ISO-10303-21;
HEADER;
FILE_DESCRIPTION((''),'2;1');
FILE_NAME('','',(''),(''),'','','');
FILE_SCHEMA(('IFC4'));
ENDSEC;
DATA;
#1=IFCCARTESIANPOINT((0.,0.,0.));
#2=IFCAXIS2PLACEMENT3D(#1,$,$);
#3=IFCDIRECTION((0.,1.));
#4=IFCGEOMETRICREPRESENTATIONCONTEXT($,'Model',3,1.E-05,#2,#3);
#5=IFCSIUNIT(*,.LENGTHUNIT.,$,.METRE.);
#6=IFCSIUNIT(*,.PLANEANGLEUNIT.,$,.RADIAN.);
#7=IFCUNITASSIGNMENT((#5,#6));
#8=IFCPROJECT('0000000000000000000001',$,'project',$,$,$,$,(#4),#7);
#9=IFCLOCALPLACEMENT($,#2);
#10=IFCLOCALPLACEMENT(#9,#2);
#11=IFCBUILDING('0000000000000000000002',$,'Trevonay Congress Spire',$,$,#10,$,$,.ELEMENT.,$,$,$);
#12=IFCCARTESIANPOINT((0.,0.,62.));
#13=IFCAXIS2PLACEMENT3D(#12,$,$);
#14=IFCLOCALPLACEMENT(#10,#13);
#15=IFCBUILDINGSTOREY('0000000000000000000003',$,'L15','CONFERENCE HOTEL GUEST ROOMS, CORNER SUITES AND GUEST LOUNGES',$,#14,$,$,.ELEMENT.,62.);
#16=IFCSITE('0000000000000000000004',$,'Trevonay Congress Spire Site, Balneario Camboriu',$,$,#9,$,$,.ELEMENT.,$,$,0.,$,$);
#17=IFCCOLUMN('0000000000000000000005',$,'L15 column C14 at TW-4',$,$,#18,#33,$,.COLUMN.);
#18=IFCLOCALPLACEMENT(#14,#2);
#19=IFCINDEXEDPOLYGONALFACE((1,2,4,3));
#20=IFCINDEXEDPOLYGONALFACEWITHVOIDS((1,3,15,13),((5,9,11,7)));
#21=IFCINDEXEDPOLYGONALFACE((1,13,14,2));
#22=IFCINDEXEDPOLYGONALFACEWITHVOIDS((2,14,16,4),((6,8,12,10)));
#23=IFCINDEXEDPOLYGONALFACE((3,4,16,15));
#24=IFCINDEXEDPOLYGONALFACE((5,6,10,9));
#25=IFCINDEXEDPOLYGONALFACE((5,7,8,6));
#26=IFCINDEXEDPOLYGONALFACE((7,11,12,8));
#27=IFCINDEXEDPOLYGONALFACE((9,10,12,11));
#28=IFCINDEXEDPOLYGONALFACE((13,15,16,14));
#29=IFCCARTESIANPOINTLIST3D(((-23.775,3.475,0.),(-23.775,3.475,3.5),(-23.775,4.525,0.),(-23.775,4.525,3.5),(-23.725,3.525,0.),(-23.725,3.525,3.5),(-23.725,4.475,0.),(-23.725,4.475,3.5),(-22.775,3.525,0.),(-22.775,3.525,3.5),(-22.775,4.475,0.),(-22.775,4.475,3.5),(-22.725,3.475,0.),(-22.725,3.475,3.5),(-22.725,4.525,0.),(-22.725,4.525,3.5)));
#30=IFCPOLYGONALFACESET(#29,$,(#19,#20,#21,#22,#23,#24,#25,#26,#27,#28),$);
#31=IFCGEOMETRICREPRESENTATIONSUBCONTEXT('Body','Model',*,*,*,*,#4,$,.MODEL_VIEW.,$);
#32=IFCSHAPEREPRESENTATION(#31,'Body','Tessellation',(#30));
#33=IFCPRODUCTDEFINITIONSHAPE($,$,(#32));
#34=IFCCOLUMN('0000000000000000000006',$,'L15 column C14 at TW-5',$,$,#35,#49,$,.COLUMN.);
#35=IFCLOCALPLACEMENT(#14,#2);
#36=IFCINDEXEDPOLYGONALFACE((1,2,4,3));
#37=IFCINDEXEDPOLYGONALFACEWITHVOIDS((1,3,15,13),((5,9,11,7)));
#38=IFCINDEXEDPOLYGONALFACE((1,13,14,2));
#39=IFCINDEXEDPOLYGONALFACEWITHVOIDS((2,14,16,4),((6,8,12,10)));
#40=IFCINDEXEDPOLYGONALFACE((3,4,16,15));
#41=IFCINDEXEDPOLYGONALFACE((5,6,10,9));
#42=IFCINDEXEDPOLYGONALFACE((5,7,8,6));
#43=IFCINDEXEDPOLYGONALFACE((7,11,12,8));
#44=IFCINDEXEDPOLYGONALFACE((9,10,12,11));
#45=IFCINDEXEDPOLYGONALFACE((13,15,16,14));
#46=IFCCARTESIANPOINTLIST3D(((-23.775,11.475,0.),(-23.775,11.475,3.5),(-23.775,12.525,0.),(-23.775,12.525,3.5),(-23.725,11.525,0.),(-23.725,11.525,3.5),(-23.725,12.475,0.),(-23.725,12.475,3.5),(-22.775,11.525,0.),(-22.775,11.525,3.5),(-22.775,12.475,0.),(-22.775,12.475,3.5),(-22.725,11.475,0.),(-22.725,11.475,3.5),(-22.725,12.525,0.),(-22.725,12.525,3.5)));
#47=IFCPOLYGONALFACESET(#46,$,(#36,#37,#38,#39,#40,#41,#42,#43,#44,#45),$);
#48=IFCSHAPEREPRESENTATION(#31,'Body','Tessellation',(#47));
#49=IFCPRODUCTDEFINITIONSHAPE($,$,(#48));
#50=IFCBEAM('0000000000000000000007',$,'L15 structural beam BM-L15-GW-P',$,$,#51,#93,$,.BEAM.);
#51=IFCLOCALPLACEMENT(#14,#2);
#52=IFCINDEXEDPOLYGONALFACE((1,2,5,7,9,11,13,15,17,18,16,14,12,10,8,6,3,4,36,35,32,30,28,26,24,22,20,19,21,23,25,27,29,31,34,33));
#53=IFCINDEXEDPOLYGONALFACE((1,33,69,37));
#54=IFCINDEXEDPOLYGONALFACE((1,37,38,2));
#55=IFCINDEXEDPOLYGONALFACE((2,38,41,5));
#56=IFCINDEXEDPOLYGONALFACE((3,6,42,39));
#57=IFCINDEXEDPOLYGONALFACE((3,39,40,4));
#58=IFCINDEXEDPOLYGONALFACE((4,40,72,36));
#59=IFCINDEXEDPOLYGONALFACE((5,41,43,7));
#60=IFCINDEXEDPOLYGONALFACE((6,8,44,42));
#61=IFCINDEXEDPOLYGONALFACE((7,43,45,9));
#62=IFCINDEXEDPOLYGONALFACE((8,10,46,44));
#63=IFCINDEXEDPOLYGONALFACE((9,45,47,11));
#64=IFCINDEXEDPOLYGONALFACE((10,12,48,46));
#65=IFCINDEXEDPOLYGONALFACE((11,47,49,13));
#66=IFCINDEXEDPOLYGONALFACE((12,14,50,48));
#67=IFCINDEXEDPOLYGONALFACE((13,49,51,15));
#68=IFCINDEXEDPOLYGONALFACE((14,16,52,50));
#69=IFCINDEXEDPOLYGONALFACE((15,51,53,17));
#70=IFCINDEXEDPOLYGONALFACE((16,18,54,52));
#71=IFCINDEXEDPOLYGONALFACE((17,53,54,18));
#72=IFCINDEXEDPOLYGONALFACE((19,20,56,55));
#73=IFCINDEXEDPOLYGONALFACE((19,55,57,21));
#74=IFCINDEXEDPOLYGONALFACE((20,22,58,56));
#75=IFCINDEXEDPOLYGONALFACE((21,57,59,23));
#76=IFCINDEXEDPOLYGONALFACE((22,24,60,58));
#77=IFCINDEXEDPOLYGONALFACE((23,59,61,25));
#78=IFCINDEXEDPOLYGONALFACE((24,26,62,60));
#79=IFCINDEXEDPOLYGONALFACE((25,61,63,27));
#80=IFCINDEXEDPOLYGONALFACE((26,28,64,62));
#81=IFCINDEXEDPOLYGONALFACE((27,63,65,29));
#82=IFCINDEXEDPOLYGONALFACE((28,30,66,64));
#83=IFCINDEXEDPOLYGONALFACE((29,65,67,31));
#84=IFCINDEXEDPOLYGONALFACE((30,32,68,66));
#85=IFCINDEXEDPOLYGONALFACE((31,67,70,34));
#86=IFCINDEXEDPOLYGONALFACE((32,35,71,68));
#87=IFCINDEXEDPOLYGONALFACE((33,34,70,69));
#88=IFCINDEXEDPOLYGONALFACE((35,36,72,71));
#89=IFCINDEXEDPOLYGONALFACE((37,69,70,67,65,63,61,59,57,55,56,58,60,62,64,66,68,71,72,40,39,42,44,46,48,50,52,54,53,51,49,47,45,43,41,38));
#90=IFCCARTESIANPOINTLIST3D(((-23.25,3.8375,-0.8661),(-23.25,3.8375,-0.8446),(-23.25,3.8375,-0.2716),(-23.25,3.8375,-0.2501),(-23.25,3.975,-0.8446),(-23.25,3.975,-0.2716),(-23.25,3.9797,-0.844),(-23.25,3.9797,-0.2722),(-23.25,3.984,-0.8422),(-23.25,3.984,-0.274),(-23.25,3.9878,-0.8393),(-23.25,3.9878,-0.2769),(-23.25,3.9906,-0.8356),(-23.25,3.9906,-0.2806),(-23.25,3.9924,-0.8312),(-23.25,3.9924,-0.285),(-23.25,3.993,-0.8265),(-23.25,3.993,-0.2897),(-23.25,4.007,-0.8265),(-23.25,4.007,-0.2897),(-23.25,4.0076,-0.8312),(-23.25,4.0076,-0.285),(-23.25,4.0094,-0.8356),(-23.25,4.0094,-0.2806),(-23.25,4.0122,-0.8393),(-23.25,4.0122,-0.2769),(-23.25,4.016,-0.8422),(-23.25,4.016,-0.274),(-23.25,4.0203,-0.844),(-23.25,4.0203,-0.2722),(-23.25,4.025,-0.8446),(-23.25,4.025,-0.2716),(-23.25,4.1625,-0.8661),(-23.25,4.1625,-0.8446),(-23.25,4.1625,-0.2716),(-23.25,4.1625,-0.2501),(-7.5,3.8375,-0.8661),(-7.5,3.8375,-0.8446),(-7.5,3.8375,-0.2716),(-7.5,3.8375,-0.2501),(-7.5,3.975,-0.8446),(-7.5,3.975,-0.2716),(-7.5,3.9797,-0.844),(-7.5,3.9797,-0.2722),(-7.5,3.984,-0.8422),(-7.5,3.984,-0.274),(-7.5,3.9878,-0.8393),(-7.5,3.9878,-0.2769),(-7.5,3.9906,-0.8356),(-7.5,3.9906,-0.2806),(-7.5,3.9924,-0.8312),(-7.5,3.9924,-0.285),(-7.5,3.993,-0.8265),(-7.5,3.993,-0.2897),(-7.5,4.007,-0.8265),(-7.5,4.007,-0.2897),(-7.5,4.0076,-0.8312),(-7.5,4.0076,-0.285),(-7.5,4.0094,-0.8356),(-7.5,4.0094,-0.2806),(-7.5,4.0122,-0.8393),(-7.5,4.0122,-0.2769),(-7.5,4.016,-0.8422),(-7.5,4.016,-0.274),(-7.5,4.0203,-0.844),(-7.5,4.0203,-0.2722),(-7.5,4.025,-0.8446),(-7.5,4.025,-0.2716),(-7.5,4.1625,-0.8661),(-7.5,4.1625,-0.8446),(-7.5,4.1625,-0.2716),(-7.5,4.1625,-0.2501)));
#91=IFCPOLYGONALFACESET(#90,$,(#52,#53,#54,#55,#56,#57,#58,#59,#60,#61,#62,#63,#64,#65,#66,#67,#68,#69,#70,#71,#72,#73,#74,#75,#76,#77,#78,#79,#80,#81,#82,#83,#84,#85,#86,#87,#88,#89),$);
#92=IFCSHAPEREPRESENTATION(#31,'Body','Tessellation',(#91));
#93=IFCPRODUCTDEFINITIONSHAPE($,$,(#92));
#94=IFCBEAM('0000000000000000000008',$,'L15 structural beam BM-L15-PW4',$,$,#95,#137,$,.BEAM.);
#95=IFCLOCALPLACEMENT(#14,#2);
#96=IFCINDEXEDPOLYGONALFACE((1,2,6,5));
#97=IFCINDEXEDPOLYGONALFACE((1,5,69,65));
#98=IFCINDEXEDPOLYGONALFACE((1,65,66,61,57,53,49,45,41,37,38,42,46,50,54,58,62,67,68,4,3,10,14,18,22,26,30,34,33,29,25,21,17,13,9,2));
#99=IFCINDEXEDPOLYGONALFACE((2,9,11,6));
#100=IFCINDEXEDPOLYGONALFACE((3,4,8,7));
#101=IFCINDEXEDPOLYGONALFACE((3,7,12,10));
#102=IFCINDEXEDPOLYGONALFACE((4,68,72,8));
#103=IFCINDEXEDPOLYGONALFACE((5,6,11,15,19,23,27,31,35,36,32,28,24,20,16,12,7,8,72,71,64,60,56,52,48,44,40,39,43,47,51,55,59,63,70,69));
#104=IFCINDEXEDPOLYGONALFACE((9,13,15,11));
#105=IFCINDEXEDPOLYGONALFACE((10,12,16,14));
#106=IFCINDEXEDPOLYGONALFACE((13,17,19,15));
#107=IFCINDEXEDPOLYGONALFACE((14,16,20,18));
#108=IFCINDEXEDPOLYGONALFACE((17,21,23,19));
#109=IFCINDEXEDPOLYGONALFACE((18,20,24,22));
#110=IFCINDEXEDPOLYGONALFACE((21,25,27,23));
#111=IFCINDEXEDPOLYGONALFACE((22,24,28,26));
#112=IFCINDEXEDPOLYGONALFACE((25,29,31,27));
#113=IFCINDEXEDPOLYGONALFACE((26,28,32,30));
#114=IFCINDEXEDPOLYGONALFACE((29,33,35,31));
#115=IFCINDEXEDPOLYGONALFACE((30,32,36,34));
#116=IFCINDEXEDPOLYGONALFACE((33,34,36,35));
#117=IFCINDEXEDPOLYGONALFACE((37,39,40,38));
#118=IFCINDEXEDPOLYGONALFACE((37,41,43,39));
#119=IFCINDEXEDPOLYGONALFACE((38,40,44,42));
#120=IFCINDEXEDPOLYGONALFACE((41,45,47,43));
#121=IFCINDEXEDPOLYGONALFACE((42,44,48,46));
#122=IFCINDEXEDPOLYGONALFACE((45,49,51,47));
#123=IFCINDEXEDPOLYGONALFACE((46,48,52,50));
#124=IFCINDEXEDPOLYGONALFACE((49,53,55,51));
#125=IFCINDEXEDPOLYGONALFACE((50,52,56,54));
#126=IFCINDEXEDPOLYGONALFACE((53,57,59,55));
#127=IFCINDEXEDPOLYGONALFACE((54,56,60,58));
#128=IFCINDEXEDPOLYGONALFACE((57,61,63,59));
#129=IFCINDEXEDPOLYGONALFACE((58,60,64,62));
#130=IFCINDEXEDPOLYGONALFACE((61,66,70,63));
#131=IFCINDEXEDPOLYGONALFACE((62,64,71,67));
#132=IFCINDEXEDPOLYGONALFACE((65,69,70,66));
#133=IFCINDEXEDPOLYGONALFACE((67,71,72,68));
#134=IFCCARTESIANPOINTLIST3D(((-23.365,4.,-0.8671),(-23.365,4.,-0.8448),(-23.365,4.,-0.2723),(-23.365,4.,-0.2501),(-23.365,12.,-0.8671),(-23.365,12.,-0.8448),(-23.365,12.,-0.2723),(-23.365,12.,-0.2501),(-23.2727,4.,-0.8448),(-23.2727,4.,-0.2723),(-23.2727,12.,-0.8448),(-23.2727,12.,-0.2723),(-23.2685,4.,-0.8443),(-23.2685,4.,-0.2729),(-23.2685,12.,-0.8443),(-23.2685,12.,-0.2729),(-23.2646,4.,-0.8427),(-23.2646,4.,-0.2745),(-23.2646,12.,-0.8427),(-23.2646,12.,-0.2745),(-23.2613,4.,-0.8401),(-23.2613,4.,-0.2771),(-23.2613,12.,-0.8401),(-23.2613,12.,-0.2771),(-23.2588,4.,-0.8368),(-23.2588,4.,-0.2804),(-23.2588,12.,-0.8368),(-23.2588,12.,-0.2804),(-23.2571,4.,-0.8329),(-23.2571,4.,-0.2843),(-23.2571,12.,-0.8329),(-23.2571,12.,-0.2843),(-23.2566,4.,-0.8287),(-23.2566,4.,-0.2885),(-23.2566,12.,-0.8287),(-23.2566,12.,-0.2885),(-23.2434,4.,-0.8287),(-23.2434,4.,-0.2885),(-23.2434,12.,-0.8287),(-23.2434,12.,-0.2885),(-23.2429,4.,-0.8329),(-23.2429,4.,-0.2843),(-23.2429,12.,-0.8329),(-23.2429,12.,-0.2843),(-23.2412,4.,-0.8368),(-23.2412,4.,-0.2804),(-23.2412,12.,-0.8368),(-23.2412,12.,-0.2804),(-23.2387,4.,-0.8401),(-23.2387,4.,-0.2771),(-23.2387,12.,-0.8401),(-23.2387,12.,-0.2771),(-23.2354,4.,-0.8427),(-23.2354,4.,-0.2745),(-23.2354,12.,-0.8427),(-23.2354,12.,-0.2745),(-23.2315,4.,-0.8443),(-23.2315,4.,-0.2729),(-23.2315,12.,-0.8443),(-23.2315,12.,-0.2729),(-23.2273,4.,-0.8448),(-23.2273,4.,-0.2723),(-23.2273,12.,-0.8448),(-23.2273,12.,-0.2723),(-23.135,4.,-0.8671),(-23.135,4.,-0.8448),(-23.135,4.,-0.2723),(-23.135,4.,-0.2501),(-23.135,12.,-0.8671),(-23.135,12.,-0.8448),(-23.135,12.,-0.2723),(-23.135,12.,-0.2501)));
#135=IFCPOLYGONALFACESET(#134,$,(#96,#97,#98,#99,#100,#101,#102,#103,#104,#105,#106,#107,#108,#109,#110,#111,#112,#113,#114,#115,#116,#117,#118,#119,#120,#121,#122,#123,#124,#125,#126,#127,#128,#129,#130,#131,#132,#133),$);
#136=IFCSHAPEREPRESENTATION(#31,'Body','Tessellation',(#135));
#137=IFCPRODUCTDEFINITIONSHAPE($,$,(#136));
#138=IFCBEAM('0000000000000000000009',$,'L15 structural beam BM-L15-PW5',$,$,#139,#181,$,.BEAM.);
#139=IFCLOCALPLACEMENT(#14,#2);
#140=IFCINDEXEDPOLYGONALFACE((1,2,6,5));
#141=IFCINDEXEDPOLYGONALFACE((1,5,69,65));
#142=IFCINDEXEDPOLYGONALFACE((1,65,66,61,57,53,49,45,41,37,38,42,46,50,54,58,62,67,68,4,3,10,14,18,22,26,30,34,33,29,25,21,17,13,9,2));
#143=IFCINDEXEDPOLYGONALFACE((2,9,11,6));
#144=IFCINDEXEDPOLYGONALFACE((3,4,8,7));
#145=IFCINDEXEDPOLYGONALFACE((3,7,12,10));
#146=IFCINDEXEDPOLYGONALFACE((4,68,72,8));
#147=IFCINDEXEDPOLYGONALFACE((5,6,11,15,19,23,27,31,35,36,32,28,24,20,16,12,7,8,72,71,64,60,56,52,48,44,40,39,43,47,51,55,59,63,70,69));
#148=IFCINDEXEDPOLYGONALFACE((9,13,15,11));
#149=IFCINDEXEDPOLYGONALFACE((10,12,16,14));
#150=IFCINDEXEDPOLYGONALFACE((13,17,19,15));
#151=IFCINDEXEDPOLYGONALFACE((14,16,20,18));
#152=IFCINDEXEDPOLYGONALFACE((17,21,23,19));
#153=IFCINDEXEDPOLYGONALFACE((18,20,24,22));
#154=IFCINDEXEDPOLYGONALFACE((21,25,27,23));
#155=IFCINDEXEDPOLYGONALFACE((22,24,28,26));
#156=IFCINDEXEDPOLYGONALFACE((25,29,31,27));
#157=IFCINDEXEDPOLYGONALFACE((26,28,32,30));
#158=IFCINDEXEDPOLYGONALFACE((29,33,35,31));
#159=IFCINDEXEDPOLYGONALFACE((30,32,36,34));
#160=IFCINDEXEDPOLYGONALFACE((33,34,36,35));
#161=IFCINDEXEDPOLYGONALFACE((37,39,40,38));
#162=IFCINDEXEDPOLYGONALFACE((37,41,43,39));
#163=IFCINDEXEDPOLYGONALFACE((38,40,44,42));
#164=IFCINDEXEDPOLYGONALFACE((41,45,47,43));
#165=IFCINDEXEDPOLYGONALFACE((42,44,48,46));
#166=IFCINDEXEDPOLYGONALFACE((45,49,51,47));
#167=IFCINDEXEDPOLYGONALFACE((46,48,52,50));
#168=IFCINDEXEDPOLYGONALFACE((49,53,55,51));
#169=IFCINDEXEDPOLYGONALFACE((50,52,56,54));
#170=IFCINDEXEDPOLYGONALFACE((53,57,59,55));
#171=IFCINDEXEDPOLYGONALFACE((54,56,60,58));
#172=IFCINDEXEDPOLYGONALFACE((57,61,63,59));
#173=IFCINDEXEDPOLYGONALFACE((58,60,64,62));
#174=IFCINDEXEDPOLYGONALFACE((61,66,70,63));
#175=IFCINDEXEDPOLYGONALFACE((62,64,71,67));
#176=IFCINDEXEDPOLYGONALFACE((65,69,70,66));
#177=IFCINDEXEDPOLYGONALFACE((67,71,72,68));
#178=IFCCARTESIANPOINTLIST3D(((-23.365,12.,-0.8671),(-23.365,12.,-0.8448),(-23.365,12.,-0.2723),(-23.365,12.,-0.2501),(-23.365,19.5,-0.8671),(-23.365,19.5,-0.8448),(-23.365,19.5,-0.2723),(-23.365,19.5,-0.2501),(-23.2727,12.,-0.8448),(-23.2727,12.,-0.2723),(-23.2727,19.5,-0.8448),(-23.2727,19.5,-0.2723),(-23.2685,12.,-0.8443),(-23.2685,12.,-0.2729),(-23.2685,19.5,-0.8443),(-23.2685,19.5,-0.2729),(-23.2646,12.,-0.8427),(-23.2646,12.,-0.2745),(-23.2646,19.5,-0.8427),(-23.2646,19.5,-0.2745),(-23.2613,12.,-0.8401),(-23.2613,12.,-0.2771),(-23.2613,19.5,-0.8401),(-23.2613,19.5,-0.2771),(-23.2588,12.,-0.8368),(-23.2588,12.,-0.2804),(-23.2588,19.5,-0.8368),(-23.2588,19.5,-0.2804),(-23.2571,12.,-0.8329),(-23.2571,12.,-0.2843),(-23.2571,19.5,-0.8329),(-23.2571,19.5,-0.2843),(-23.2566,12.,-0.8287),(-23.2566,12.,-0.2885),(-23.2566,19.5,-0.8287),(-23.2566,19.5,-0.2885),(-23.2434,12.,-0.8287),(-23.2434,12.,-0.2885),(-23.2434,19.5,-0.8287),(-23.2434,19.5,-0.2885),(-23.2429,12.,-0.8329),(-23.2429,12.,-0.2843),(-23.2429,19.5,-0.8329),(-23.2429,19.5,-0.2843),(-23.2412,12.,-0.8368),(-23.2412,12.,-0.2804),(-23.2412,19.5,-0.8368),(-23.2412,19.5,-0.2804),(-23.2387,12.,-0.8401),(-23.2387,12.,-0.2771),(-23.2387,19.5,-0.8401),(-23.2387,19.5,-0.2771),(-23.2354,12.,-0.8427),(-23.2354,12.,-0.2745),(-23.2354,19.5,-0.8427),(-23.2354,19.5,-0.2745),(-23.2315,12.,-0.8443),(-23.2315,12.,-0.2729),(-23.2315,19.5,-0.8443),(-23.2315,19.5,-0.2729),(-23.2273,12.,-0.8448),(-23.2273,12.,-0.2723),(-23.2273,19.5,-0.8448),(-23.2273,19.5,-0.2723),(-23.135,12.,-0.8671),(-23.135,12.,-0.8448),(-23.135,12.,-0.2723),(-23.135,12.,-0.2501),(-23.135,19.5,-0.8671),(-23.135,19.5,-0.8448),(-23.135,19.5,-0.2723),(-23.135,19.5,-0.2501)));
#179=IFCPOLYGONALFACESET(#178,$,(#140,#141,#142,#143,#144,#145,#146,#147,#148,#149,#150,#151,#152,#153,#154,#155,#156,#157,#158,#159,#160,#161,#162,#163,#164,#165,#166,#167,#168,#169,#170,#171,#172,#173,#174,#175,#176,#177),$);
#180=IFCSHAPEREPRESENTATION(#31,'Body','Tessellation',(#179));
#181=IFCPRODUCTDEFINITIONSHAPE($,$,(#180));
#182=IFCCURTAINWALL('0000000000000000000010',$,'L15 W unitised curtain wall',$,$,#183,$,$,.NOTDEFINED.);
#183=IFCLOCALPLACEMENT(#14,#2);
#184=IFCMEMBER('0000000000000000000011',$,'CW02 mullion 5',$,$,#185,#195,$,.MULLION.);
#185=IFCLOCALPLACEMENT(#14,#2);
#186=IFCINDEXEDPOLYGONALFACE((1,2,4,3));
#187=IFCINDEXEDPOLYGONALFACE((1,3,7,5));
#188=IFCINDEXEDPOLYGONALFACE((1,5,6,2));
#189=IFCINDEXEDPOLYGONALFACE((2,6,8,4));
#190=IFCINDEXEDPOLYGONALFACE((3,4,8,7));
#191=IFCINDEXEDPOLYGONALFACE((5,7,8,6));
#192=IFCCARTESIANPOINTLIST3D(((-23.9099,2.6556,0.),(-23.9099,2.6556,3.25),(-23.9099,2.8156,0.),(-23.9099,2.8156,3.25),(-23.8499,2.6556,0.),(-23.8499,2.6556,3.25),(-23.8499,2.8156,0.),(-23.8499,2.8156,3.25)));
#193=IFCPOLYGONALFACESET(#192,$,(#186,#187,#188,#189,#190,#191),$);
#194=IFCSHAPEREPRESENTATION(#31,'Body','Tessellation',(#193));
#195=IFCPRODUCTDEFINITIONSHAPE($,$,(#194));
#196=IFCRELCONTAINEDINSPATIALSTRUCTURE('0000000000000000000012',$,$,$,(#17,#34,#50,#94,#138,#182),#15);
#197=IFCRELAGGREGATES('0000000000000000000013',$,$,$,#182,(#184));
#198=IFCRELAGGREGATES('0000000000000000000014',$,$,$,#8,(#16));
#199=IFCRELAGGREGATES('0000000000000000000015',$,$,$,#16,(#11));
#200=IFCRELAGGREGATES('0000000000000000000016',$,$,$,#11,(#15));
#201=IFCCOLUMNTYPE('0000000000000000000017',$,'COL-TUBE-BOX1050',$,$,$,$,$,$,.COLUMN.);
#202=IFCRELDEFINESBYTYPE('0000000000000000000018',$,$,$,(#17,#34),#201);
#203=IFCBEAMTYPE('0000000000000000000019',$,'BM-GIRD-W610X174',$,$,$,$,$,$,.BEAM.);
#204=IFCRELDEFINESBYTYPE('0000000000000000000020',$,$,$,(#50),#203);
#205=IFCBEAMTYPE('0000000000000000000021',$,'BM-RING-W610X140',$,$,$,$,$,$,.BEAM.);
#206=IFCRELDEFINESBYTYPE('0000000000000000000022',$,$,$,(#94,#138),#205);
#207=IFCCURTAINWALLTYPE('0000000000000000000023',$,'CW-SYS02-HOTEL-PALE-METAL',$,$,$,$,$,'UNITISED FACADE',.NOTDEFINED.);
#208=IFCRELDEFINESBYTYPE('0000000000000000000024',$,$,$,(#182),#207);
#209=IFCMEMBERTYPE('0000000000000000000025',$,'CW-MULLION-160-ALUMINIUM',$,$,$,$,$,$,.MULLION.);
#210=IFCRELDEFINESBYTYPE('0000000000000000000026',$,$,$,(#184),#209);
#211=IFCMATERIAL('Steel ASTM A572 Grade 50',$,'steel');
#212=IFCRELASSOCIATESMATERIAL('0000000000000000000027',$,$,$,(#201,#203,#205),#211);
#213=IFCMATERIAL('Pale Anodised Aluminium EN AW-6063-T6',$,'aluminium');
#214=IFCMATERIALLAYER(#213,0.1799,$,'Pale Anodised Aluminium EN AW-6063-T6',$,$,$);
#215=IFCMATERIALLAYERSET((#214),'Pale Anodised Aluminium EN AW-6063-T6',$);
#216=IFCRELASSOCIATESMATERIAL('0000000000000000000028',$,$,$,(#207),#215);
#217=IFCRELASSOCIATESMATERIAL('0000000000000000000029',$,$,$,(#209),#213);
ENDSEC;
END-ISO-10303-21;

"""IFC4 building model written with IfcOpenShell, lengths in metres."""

from ifc_helpers import new_model, si_unit, direction, frame, origin, origin_2d, place, context, subcontext, project, spatial, rectangle, hollow_rectangle, i_section, extrude, material, layer, layer_set, material_profile, profile_set, type_object, element, aggregate, save


model = new_model("IFC4")

# Units and contexts
model_context = context("Model", 3, precision=1e-05, world=origin(), true_north=direction((0.0, 1.0)))
body_context = subcontext(model_context, "Body", "Model", "MODEL_VIEW")
ifc_project = project(units=[si_unit("LENGTHUNIT", "METRE"), si_unit("PLANEANGLEUNIT", "RADIAN")], contexts=[model_context])

# Site, building, storey
site_placement = place(None, origin())
site = spatial("IfcSite", under=ifc_project, at=site_placement, Name="Trevonay Congress Spire Site, Balneario Camboriu", CompositionType="ELEMENT", RefElevation=0.0)
building_placement = place(site_placement, origin())
building = spatial("IfcBuilding", under=site, at=building_placement, Name="Trevonay Congress Spire", CompositionType="ELEMENT")
storey_placement = place(building_placement, frame((0.0, 0.0, 62.0)))
storey = spatial("IfcBuildingStorey", under=building, at=storey_placement, Name="L15", Description="CONFERENCE HOTEL GUEST ROOMS, CORNER SUITES AND GUEST LOUNGES", CompositionType="ELEMENT", Elevation=62.0)

# Columns
ifc_material_1 = material(Name="Steel ASTM A572 Grade 50", Category="steel")
ifc_material_profile_1 = material_profile(ifc_material_1, hollow_rectangle(XDim=1.05, YDim=1.05, WallThickness=0.05, at=origin_2d()), Name="BOX 1050x1050x50")
ifc_profile_set_1 = profile_set([ifc_material_profile_1], Name="Steel ASTM A572 Grade 50")
column_type = type_object("IfcColumnType", Name="COL-TUBE-BOX1050", PredefinedType="COLUMN", material=ifc_profile_set_1)
for number, where, z_axis, x_axis, name in (
    (1, (-23.25, 4.0, 0.0), (0.0, 0.0, 1.0), (1.0, 0.0, 0.0), "L15 column C14 at TW-4"),
    (2, (-23.25, 12.0, 0.0), (0.0, 0.0, 1.0), (1.0, 0.0, 0.0), "L15 column C14 at TW-5"),
):
    element("IfcColumn", number, at=place(storey_placement, frame(where, z_axis=z_axis, x_axis=x_axis)), inside=storey, type_object=column_type, Name=name, PredefinedType="COLUMN", context=body_context, shape_type="SweptSolid", body=[
        extrude(hollow_rectangle(XDim=1.05, YDim=1.05, WallThickness=0.05, at=origin_2d()), origin(), (0.0, 0.0, 1.0), 3.5),
    ])

# Beams
ifc_material_profile_2 = material_profile(ifc_material_1, i_section(OverallWidth=0.325, OverallDepth=0.616, WebThickness=0.0139, FlangeThickness=0.0215, FilletRadius=0.0181, at=origin_2d()), Name="W610x174")
ifc_profile_set_2 = profile_set([ifc_material_profile_2], Name="Steel ASTM A572 Grade 50")
beam_type_1 = type_object("IfcBeamType", Name="BM-GIRD-W610X174", PredefinedType="BEAM", material=ifc_profile_set_2)
beam_1_placement = place(storey_placement, frame((-7.5, 4.0, -0.5581), z_axis=(-1.0, 0.0, 0.0), x_axis=(0.0, -1.0, 0.0)))
element("IfcBeam", 3, at=beam_1_placement, inside=storey, type_object=beam_type_1, Name="L15 structural beam BM-L15-GW-P", PredefinedType="BEAM", context=body_context, shape_type="SweptSolid", body=[
    extrude(i_section(OverallWidth=0.325, OverallDepth=0.616, WebThickness=0.0139, FlangeThickness=0.0215, FilletRadius=0.0181, at=origin_2d()), origin(), (0.0, 0.0, 1.0), 15.75),
])
ifc_material_profile_3 = material_profile(ifc_material_1, i_section(OverallWidth=0.23, OverallDepth=0.6169, WebThickness=0.0132, FlangeThickness=0.0222, FilletRadius=0.0161, at=origin_2d()), Name="W610x140")
ifc_profile_set_3 = profile_set([ifc_material_profile_3], Name="Steel ASTM A572 Grade 50")
beam_type_2 = type_object("IfcBeamType", Name="BM-RING-W610X140", PredefinedType="BEAM", material=ifc_profile_set_3)
beam_2_placement = place(storey_placement, frame((-23.25, 4.0, -0.5586), z_axis=(0.0, 1.0, 0.0), x_axis=(-1.0, 0.0, 0.0)))
element("IfcBeam", 4, at=beam_2_placement, inside=storey, type_object=beam_type_2, Name="L15 structural beam BM-L15-PW4", PredefinedType="BEAM", context=body_context, shape_type="SweptSolid", body=[
    extrude(i_section(OverallWidth=0.23, OverallDepth=0.6169, WebThickness=0.0132, FlangeThickness=0.0222, FilletRadius=0.0161, at=origin_2d()), origin(), (0.0, 0.0, 1.0), 8.0),
])
beam_3_placement = place(storey_placement, frame((-23.25, 12.0, -0.5586), z_axis=(0.0, 1.0, 0.0), x_axis=(-1.0, 0.0, 0.0)))
element("IfcBeam", 5, at=beam_3_placement, inside=storey, type_object=beam_type_2, Name="L15 structural beam BM-L15-PW5", PredefinedType="BEAM", context=body_context, shape_type="SweptSolid", body=[
    extrude(i_section(OverallWidth=0.23, OverallDepth=0.6169, WebThickness=0.0132, FlangeThickness=0.0222, FilletRadius=0.0161, at=origin_2d()), origin(), (0.0, 0.0, 1.0), 7.5),
])

# Curtain wall, member
ifc_material_2 = material(Name="Pale Anodised Aluminium EN AW-6063-T6", Category="aluminium")
ifc_layer_1 = layer(ifc_material_2, 0.1799, Name="Pale Anodised Aluminium EN AW-6063-T6")
ifc_layer_set_1 = layer_set([ifc_layer_1], Name="Pale Anodised Aluminium EN AW-6063-T6")
curtain_wall_type = type_object("IfcCurtainWallType", Name="CW-SYS02-HOTEL-PALE-METAL", ElementType="UNITISED FACADE", PredefinedType="NOTDEFINED", material=ifc_layer_set_1)
curtain_wall_placement = place(storey_placement, origin())
curtain_wall = element("IfcCurtainWall", 6, at=curtain_wall_placement, inside=storey, type_object=curtain_wall_type, Name="L15 W unitised curtain wall", PredefinedType="NOTDEFINED")
ifc_material_profile_4 = material_profile(ifc_material_2, rectangle(XDim=0.0601, YDim=0.1599, at=origin_2d()), Name="CW-MULLION-160-ALUMINIUM")
ifc_profile_set_4 = profile_set([ifc_material_profile_4], Name="Pale Anodised Aluminium EN AW-6063-T6")
member_type_1 = type_object("IfcMemberType", Name="CW-MULLION-160-ALUMINIUM", PredefinedType="MULLION", material=ifc_profile_set_4)
member_1_placement = place(storey_placement, frame((-23.8799, 2.7356, 0.0), z_axis=(0.0, 0.0, 1.0), x_axis=(-1.0, 0.0, 0.0)))
member_1 = element("IfcMember", 7, at=member_1_placement, type_object=member_type_1, Name="CW02 mullion 5", PredefinedType="MULLION", context=body_context, shape_type="SweptSolid", body=[
    extrude(rectangle(XDim=0.0601, YDim=0.1599, at=origin_2d()), origin(), (0.0, 0.0, 1.0), 3.25),
])

aggregate(curtain_wall, [member_1])

save(model, "model.ifc")
